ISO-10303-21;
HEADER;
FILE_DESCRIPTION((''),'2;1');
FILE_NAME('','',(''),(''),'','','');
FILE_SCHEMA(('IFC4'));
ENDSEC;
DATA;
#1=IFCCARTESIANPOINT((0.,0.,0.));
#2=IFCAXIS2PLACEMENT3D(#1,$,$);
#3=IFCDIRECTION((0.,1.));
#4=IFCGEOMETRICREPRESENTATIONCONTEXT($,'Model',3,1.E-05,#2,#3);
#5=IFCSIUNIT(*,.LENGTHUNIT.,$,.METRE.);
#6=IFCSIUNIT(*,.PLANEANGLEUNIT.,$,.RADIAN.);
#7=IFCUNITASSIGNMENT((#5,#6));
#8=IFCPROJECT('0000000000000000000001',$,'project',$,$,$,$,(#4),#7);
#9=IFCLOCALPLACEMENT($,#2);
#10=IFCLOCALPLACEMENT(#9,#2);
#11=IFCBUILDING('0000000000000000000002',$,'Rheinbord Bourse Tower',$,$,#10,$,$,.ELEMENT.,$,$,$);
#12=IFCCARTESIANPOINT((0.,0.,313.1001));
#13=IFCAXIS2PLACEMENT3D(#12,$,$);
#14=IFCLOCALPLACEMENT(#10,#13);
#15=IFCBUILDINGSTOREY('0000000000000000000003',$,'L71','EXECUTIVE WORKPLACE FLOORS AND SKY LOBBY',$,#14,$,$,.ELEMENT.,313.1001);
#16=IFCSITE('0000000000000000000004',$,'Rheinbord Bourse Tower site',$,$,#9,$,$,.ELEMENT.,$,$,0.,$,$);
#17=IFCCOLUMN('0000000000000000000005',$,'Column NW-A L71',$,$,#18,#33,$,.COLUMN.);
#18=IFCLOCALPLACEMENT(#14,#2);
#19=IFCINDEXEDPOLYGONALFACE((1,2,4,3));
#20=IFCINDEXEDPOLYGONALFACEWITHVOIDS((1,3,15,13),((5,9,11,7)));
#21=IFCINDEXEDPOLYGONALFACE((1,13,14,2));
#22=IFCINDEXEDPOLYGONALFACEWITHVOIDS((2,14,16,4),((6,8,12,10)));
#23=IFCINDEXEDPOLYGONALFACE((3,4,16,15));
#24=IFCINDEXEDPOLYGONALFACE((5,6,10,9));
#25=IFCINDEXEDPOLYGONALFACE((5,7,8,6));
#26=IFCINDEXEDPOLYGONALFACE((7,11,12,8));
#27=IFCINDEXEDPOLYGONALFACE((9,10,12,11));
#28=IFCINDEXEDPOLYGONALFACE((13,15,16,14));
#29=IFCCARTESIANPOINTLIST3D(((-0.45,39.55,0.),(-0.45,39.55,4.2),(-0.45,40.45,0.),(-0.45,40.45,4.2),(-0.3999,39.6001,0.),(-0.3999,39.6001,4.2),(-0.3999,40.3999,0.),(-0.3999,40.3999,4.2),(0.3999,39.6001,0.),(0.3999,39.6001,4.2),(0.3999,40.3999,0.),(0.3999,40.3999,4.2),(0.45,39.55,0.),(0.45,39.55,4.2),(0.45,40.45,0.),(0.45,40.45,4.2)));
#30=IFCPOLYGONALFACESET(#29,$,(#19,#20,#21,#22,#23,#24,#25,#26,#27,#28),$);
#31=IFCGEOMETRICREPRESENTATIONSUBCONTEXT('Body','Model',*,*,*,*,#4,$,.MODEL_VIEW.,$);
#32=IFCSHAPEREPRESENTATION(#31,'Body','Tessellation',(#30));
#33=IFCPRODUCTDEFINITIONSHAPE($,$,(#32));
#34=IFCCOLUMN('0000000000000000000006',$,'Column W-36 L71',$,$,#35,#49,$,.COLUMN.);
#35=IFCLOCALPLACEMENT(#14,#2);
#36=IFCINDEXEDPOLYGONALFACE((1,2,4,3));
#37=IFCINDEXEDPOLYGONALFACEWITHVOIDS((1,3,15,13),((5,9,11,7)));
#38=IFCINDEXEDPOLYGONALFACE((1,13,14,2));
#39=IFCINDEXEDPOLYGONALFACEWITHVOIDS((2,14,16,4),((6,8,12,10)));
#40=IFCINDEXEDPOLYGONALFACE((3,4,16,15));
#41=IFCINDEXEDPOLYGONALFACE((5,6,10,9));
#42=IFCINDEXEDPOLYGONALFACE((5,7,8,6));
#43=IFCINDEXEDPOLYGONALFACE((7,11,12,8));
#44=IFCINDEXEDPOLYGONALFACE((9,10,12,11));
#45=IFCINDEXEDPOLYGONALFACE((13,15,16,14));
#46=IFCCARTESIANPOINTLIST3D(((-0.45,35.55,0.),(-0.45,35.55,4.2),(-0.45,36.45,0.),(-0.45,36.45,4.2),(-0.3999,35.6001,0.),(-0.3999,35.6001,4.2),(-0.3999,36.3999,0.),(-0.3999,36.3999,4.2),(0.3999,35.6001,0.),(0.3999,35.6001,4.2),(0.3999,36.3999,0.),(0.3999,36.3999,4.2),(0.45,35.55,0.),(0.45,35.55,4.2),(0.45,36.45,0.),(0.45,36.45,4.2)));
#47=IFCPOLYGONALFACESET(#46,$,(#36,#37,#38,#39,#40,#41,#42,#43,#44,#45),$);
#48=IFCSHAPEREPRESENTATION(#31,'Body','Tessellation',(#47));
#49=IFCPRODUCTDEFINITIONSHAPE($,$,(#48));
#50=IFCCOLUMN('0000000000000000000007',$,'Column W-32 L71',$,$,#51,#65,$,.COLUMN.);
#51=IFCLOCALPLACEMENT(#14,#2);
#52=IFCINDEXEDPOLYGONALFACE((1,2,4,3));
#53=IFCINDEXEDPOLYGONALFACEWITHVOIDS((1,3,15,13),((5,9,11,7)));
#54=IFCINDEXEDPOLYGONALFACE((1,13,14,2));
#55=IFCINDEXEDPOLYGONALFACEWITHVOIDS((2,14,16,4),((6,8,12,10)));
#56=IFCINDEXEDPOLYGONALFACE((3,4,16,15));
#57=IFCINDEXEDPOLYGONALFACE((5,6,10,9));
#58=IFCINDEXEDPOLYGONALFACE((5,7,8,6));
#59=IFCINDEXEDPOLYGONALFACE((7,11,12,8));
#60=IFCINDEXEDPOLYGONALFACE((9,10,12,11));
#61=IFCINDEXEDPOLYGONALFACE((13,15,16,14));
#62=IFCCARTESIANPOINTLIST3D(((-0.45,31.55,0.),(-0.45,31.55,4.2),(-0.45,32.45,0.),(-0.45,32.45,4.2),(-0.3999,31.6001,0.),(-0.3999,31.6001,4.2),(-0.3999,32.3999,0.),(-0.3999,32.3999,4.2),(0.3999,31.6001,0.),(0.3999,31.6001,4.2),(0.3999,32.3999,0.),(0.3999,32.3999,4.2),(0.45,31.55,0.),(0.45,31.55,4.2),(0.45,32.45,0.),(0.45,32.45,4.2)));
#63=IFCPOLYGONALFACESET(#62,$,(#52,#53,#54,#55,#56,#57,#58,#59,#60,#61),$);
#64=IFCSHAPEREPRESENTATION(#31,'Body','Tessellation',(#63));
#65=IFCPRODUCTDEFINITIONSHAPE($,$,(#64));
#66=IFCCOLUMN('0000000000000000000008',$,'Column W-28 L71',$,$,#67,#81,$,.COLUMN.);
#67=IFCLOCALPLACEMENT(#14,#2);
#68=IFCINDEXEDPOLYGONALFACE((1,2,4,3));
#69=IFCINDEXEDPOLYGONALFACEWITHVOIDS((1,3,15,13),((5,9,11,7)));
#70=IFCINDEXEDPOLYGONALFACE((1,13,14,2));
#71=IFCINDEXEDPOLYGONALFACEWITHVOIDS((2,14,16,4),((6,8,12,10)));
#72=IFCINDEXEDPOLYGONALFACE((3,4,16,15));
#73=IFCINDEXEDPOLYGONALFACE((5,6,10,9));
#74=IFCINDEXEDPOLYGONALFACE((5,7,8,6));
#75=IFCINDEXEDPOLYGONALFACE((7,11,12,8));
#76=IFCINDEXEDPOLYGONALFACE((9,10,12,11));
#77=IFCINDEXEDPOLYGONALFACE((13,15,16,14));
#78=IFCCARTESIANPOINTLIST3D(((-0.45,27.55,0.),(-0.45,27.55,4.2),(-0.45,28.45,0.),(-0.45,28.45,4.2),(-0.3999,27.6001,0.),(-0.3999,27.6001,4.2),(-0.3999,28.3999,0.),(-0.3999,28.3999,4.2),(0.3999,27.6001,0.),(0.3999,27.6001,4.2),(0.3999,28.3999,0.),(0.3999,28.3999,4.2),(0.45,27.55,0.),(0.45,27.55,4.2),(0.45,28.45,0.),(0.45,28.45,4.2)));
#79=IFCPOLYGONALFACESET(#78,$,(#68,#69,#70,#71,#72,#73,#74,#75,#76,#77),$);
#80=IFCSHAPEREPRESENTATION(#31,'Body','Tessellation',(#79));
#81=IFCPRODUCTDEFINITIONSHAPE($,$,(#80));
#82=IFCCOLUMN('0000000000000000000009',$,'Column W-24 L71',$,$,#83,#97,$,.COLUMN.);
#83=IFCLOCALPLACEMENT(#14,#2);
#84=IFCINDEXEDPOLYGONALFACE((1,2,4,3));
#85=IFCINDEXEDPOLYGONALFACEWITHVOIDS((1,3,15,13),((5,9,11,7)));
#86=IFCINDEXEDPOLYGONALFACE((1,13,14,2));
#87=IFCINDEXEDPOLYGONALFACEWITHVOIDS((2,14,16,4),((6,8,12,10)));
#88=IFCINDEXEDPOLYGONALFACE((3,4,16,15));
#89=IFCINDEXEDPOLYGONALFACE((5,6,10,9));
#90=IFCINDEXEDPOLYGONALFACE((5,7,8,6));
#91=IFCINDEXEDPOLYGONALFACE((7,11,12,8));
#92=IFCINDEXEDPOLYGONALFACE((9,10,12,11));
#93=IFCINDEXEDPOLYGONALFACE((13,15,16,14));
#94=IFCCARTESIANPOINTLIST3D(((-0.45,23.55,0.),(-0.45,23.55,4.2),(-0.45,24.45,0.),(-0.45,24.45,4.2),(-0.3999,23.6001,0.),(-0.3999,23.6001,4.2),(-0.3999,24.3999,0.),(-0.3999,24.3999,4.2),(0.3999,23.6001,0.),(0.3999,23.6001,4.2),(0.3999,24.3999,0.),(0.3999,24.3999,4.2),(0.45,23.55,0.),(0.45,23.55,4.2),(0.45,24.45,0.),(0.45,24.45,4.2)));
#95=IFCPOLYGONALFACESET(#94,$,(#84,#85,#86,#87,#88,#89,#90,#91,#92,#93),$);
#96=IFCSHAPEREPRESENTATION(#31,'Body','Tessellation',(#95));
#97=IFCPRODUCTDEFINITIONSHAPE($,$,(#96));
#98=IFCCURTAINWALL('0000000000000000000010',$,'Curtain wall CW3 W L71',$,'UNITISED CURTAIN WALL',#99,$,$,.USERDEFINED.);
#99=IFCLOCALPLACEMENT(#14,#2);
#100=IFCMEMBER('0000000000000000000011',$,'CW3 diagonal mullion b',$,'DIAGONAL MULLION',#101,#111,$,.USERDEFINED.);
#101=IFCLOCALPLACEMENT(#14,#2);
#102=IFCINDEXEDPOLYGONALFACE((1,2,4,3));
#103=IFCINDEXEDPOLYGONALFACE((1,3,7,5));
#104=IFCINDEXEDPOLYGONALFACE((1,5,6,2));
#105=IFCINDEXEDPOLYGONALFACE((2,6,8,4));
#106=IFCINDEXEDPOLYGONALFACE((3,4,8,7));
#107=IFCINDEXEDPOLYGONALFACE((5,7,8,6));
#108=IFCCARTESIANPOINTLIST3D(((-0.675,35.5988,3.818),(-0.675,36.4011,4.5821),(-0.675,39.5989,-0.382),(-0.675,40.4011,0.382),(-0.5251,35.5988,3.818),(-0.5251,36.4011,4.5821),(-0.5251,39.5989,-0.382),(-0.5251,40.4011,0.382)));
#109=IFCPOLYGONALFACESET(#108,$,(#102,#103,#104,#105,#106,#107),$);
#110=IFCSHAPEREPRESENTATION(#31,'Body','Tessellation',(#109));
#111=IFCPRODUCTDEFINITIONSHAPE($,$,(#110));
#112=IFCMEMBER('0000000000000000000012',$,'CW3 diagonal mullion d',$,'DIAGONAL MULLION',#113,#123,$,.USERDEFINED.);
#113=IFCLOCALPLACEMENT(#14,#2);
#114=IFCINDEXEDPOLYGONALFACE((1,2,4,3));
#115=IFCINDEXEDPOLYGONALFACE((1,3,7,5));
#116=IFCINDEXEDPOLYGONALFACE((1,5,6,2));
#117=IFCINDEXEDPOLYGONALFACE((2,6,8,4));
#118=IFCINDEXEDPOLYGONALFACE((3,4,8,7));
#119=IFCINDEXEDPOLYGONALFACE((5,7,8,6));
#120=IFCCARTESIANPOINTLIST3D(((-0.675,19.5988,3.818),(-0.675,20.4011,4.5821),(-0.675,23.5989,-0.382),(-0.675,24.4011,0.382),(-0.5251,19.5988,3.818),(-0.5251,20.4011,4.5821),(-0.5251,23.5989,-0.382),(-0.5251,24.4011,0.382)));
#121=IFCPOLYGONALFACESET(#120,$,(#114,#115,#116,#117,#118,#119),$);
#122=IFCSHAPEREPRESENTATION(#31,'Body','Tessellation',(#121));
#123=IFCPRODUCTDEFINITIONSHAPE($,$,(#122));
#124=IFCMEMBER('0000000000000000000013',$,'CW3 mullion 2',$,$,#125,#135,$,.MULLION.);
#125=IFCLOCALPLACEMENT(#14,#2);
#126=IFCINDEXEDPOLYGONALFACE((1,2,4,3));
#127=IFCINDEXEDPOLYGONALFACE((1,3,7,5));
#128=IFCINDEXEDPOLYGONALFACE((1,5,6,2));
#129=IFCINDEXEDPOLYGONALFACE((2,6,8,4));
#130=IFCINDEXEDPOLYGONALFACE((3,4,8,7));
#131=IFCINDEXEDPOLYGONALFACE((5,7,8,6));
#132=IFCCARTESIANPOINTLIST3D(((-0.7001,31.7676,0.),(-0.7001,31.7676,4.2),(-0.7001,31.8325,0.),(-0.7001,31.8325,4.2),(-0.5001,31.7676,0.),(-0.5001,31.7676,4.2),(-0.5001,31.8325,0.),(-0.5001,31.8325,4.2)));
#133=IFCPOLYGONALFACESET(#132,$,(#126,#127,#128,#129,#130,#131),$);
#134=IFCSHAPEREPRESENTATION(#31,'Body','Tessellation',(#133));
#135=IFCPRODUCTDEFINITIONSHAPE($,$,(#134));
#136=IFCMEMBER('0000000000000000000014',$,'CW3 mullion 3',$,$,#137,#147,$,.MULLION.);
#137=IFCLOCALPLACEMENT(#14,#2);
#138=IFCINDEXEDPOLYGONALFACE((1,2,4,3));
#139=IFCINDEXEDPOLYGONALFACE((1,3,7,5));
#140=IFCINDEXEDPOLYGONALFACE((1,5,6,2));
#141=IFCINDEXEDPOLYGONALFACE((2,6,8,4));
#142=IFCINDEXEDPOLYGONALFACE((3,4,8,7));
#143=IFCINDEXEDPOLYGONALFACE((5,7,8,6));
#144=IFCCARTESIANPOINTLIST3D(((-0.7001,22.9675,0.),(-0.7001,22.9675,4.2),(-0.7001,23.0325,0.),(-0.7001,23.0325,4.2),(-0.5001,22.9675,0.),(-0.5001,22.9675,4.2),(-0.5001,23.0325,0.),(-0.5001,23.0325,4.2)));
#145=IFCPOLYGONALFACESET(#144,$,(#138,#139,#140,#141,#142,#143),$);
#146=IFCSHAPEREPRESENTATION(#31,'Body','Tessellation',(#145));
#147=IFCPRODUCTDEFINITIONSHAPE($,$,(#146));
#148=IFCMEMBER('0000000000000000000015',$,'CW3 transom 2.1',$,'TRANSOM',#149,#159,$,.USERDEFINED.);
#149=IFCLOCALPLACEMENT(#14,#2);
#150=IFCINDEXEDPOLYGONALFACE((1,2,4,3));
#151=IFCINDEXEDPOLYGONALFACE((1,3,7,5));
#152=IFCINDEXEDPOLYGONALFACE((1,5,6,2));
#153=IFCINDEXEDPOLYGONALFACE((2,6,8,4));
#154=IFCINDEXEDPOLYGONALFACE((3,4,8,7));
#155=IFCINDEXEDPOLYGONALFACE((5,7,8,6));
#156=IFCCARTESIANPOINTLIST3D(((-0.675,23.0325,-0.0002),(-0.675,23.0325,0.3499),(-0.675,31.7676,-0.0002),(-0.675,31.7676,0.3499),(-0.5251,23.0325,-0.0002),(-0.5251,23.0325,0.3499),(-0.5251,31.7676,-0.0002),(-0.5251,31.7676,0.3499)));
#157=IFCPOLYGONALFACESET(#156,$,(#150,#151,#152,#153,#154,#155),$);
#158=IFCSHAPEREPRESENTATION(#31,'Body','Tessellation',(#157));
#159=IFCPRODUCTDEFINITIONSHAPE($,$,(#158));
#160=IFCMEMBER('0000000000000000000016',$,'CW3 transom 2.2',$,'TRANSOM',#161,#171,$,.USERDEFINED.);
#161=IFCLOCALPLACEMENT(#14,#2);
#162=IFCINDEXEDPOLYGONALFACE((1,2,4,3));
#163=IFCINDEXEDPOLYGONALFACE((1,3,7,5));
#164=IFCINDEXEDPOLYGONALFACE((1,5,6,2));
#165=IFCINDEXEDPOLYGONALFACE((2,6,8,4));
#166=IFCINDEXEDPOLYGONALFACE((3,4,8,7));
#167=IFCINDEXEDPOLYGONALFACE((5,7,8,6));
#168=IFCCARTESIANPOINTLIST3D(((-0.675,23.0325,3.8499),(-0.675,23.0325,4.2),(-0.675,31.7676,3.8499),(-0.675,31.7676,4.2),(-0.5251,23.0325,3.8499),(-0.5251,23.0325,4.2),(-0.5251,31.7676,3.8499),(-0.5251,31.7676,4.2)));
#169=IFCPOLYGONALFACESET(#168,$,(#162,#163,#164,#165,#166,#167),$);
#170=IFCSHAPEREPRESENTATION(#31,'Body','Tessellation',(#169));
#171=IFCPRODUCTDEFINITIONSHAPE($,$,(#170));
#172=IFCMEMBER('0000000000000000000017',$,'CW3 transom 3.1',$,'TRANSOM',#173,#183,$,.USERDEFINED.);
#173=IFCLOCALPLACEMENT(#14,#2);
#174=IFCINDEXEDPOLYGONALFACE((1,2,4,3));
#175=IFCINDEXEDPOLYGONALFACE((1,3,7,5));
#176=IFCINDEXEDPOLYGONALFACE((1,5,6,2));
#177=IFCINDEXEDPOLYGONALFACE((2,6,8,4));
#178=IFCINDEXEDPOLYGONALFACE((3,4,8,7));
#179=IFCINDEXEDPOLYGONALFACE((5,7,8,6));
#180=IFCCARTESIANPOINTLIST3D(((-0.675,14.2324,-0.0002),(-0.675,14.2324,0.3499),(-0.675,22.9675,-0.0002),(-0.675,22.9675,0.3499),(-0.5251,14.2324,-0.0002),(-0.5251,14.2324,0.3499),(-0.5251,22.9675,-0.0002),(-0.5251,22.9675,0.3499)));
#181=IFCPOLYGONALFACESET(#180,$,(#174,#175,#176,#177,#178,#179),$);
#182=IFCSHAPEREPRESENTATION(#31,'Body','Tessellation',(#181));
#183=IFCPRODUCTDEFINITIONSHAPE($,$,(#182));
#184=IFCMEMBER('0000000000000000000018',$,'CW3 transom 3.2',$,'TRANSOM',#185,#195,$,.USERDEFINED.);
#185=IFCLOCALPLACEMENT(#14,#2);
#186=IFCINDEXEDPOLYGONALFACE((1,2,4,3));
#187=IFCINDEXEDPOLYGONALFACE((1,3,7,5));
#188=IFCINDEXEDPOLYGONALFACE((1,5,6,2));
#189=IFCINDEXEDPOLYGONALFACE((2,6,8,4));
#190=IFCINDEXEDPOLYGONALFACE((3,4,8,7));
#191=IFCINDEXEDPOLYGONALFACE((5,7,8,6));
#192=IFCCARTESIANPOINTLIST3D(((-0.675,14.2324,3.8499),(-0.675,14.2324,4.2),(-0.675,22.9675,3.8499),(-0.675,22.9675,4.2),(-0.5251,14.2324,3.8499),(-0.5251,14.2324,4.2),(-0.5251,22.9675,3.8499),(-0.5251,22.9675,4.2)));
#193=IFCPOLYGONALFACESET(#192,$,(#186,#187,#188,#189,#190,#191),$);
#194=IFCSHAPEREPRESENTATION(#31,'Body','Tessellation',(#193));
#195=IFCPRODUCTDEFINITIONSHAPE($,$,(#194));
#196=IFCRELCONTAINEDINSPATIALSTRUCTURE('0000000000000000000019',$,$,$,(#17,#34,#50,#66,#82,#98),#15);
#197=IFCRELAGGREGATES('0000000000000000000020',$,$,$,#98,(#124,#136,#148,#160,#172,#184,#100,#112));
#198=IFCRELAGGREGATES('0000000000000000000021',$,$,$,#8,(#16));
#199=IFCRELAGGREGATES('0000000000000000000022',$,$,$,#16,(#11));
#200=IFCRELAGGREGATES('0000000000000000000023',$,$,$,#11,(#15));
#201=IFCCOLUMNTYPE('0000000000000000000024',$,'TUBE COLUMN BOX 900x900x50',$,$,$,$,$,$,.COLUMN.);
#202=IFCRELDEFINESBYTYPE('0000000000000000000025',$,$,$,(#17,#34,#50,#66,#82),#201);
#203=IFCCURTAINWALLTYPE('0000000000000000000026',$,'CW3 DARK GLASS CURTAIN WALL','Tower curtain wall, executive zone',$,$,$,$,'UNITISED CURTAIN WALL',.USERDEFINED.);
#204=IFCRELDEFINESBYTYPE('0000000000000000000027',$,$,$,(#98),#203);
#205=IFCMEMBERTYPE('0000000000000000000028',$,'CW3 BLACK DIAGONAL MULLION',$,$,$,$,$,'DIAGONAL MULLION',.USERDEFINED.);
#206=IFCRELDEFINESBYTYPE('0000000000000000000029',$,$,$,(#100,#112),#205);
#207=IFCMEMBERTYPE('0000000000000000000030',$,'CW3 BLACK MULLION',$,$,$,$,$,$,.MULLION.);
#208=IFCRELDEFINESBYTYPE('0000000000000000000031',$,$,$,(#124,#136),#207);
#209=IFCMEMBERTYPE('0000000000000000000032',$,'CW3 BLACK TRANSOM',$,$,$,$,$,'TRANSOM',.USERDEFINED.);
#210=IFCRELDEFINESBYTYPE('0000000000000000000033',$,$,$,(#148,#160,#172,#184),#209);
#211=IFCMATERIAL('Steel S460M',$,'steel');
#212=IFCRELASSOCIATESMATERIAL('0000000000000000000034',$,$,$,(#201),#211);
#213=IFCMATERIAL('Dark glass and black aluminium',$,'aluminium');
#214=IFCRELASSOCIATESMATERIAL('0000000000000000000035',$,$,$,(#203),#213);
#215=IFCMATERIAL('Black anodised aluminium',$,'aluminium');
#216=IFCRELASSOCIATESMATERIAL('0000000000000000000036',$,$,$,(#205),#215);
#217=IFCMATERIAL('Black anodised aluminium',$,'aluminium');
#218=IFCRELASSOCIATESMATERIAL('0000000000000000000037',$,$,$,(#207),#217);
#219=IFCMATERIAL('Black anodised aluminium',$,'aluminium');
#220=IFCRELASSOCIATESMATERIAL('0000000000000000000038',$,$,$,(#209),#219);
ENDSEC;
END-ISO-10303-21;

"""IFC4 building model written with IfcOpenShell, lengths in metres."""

from ifc_helpers import new_model, si_unit, direction, frame, origin, origin_2d, place, context, subcontext, project, spatial, rectangle, hollow_rectangle, extrude, material, material_profile, profile_set, type_object, element, aggregate, save


model = new_model("IFC4")

# Units and contexts
model_context = context("Model", 3, precision=1e-05, world=origin(), true_north=direction((0.0, 1.0)))
body_context = subcontext(model_context, "Body", "Model", "MODEL_VIEW")
ifc_project = project(units=[si_unit("LENGTHUNIT", "METRE"), si_unit("PLANEANGLEUNIT", "RADIAN")], contexts=[model_context])

# Site, building, storey
site_placement = place(None, origin())
site = spatial("IfcSite", under=ifc_project, at=site_placement, Name="Rheinbord Bourse Tower site", CompositionType="ELEMENT", RefElevation=0.0)
building_placement = place(site_placement, origin())
building = spatial("IfcBuilding", under=site, at=building_placement, Name="Rheinbord Bourse Tower", CompositionType="ELEMENT")
storey_placement = place(building_placement, frame((0.0, 0.0, 313.1001)))
storey = spatial("IfcBuildingStorey", under=building, at=storey_placement, Name="L71", Description="EXECUTIVE WORKPLACE FLOORS AND SKY LOBBY", CompositionType="ELEMENT", Elevation=313.1001)

# Columns
ifc_material_1 = material(Name="Steel S460M", Category="steel")
ifc_material_profile_1 = material_profile(ifc_material_1, hollow_rectangle(XDim=0.8999, YDim=0.8999, WallThickness=0.05, at=origin_2d()), Name="BOX 900x900x50")
ifc_profile_set_1 = profile_set([ifc_material_profile_1], Name="Steel S460M")
column_type = type_object("IfcColumnType", Name="TUBE COLUMN BOX 900x900x50", PredefinedType="COLUMN", material=ifc_profile_set_1)
for number, where, z_axis, x_axis, name in (
    (1, (0.0, 40.0, 0.0), (0.0, 0.0, 1.0), (1.0, 0.0, 0.0), "Column NW-A L71"),
    (2, (0.0, 36.0, 0.0), (0.0, 0.0, 1.0), (1.0, 0.0, 0.0), "Column W-36 L71"),
    (3, (0.0, 32.0, 0.0), (0.0, 0.0, 1.0), (1.0, 0.0, 0.0), "Column W-32 L71"),
    (4, (0.0, 28.0, 0.0), (0.0, 0.0, 1.0), (1.0, 0.0, 0.0), "Column W-28 L71"),
    (5, (0.0, 24.0, 0.0), (0.0, 0.0, 1.0), (1.0, 0.0, 0.0), "Column W-24 L71"),
):
    element("IfcColumn", number, at=place(storey_placement, frame(where, z_axis=z_axis, x_axis=x_axis)), inside=storey, type_object=column_type, Name=name, PredefinedType="COLUMN", context=body_context, shape_type="SweptSolid", body=[
        extrude(hollow_rectangle(XDim=0.8999, YDim=0.8999, WallThickness=0.05, at=origin_2d()), origin(), (0.0, 0.0, 1.0), 4.2),
    ])

# Curtain wall, members
ifc_material_2 = material(Name="Dark glass and black aluminium", Category="aluminium")
curtain_wall_type = type_object("IfcCurtainWallType", Name="CW3 DARK GLASS CURTAIN WALL", Description="Tower curtain wall, executive zone", ElementType="UNITISED CURTAIN WALL", PredefinedType="USERDEFINED", material=ifc_material_2)
curtain_wall_placement = place(storey_placement, origin())
curtain_wall = element("IfcCurtainWall", 6, at=curtain_wall_placement, inside=storey, type_object=curtain_wall_type, Name="Curtain wall CW3 W L71", ObjectType="UNITISED CURTAIN WALL", PredefinedType="USERDEFINED")
ifc_material_3 = material(Name="Black anodised aluminium", Category="aluminium")
ifc_material_profile_2 = material_profile(ifc_material_3, rectangle(XDim=0.1499, YDim=1.1079, at=origin_2d()), Name="CW3 DIAGONAL MULLION 1108x150")
ifc_profile_set_2 = profile_set([ifc_material_profile_2], Name="Black anodised aluminium")
member_type_1 = type_object("IfcMemberType", Name="CW3 BLACK DIAGONAL MULLION", ElementType="DIAGONAL MULLION", PredefinedType="USERDEFINED", material=ifc_profile_set_2)
member_1_placement = place(storey_placement, frame((-0.6001, 40.0, 0.0), z_axis=(0.0, -0.689659, 0.724134), x_axis=(1.0, 0.0, 0.0)))
member_1 = element("IfcMember", 7, at=member_1_placement, type_object=member_type_1, Name="CW3 diagonal mullion b", ObjectType="DIAGONAL MULLION", PredefinedType="USERDEFINED", context=body_context, shape_type="SweptSolid", body=[
    extrude(rectangle(XDim=0.1499, YDim=1.1079, at=origin_2d()), origin(), (0.0, 0.0, 1.0), 5.8),
])
member_2_placement = place(storey_placement, frame((-0.6001, 24.0, 0.0), z_axis=(0.0, -0.689659, 0.724134), x_axis=(1.0, 0.0, 0.0)))
member_2 = element("IfcMember", 8, at=member_2_placement, type_object=member_type_1, Name="CW3 diagonal mullion d", ObjectType="DIAGONAL MULLION", PredefinedType="USERDEFINED", context=body_context, shape_type="SweptSolid", body=[
    extrude(rectangle(XDim=0.1499, YDim=1.1079, at=origin_2d()), origin(), (0.0, 0.0, 1.0), 5.8),
])
ifc_material_4 = material(Name="Black anodised aluminium", Category="aluminium")
ifc_material_profile_3 = material_profile(ifc_material_4, rectangle(XDim=0.2, YDim=0.0649, at=origin_2d()), Name="CW3 MULLION 65x200")
ifc_profile_set_3 = profile_set([ifc_material_profile_3], Name="Black anodised aluminium")
member_type_2 = type_object("IfcMemberType", Name="CW3 BLACK MULLION", PredefinedType="MULLION", material=ifc_profile_set_3)
member_3_placement = place(storey_placement, frame((-0.6001, 31.8, 0.0), z_axis=(0.0, 0.0, 1.0), x_axis=(1.0, 0.0, 0.0)))
member_3 = element("IfcMember", 9, at=member_3_placement, type_object=member_type_2, Name="CW3 mullion 2", PredefinedType="MULLION", context=body_context, shape_type="SweptSolid", body=[
    extrude(rectangle(XDim=0.2, YDim=0.0649, at=origin_2d()), origin(), (0.0, 0.0, 1.0), 4.2),
])
member_4_placement = place(storey_placement, frame((-0.6001, 23.0, 0.0), z_axis=(0.0, 0.0, 1.0), x_axis=(1.0, 0.0, 0.0)))
member_4 = element("IfcMember", 10, at=member_4_placement, type_object=member_type_2, Name="CW3 mullion 3", PredefinedType="MULLION", context=body_context, shape_type="SweptSolid", body=[
    extrude(rectangle(XDim=0.2, YDim=0.0649, at=origin_2d()), origin(), (0.0, 0.0, 1.0), 4.2),
])
ifc_material_5 = material(Name="Black anodised aluminium", Category="aluminium")
ifc_material_profile_4 = material_profile(ifc_material_5, rectangle(XDim=0.1499, YDim=0.3501, at=origin_2d()), Name="CW3 TRANSOM 350x150")
ifc_profile_set_4 = profile_set([ifc_material_profile_4], Name="Black anodised aluminium")
member_type_3 = type_object("IfcMemberType", Name="CW3 BLACK TRANSOM", ElementType="TRANSOM", PredefinedType="USERDEFINED", material=ifc_profile_set_4)
member_5_placement = place(storey_placement, frame((-0.6001, 31.7676, 0.1748), z_axis=(0.0, -1.0, 0.0), x_axis=(1.0, 0.0, 0.0)))
member_5 = element("IfcMember", 11, at=member_5_placement, type_object=member_type_3, Name="CW3 transom 2.1", ObjectType="TRANSOM", PredefinedType="USERDEFINED", context=body_context, shape_type="SweptSolid", body=[
    extrude(rectangle(XDim=0.1499, YDim=0.3501, at=origin_2d()), origin(), (0.0, 0.0, 1.0), 8.7351),
])
member_6_placement = place(storey_placement, frame((-0.6001, 31.7676, 4.0249), z_axis=(0.0, -1.0, 0.0), x_axis=(1.0, 0.0, 0.0)))
member_6 = element("IfcMember", 12, at=member_6_placement, type_object=member_type_3, Name="CW3 transom 2.2", ObjectType="TRANSOM", PredefinedType="USERDEFINED", context=body_context, shape_type="SweptSolid", body=[
    extrude(rectangle(XDim=0.1499, YDim=0.3501, at=origin_2d()), origin(), (0.0, 0.0, 1.0), 8.7351),
])
member_7_placement = place(storey_placement, frame((-0.6001, 22.9675, 0.1748), z_axis=(0.0, -1.0, 0.0), x_axis=(1.0, 0.0, 0.0)))
member_7 = element("IfcMember", 13, at=member_7_placement, type_object=member_type_3, Name="CW3 transom 3.1", ObjectType="TRANSOM", PredefinedType="USERDEFINED", context=body_context, shape_type="SweptSolid", body=[
    extrude(rectangle(XDim=0.1499, YDim=0.3501, at=origin_2d()), origin(), (0.0, 0.0, 1.0), 8.7351),
])
member_8_placement = place(storey_placement, frame((-0.6001, 22.9675, 4.0249), z_axis=(0.0, -1.0, 0.0), x_axis=(1.0, 0.0, 0.0)))
member_8 = element("IfcMember", 14, at=member_8_placement, type_object=member_type_3, Name="CW3 transom 3.2", ObjectType="TRANSOM", PredefinedType="USERDEFINED", context=body_context, shape_type="SweptSolid", body=[
    extrude(rectangle(XDim=0.1499, YDim=0.3501, at=origin_2d()), origin(), (0.0, 0.0, 1.0), 8.7351),
])

aggregate(curtain_wall, [member_3, member_4, member_5, member_6, member_7, member_8, member_1, member_2])

save(model, "model.ifc")
